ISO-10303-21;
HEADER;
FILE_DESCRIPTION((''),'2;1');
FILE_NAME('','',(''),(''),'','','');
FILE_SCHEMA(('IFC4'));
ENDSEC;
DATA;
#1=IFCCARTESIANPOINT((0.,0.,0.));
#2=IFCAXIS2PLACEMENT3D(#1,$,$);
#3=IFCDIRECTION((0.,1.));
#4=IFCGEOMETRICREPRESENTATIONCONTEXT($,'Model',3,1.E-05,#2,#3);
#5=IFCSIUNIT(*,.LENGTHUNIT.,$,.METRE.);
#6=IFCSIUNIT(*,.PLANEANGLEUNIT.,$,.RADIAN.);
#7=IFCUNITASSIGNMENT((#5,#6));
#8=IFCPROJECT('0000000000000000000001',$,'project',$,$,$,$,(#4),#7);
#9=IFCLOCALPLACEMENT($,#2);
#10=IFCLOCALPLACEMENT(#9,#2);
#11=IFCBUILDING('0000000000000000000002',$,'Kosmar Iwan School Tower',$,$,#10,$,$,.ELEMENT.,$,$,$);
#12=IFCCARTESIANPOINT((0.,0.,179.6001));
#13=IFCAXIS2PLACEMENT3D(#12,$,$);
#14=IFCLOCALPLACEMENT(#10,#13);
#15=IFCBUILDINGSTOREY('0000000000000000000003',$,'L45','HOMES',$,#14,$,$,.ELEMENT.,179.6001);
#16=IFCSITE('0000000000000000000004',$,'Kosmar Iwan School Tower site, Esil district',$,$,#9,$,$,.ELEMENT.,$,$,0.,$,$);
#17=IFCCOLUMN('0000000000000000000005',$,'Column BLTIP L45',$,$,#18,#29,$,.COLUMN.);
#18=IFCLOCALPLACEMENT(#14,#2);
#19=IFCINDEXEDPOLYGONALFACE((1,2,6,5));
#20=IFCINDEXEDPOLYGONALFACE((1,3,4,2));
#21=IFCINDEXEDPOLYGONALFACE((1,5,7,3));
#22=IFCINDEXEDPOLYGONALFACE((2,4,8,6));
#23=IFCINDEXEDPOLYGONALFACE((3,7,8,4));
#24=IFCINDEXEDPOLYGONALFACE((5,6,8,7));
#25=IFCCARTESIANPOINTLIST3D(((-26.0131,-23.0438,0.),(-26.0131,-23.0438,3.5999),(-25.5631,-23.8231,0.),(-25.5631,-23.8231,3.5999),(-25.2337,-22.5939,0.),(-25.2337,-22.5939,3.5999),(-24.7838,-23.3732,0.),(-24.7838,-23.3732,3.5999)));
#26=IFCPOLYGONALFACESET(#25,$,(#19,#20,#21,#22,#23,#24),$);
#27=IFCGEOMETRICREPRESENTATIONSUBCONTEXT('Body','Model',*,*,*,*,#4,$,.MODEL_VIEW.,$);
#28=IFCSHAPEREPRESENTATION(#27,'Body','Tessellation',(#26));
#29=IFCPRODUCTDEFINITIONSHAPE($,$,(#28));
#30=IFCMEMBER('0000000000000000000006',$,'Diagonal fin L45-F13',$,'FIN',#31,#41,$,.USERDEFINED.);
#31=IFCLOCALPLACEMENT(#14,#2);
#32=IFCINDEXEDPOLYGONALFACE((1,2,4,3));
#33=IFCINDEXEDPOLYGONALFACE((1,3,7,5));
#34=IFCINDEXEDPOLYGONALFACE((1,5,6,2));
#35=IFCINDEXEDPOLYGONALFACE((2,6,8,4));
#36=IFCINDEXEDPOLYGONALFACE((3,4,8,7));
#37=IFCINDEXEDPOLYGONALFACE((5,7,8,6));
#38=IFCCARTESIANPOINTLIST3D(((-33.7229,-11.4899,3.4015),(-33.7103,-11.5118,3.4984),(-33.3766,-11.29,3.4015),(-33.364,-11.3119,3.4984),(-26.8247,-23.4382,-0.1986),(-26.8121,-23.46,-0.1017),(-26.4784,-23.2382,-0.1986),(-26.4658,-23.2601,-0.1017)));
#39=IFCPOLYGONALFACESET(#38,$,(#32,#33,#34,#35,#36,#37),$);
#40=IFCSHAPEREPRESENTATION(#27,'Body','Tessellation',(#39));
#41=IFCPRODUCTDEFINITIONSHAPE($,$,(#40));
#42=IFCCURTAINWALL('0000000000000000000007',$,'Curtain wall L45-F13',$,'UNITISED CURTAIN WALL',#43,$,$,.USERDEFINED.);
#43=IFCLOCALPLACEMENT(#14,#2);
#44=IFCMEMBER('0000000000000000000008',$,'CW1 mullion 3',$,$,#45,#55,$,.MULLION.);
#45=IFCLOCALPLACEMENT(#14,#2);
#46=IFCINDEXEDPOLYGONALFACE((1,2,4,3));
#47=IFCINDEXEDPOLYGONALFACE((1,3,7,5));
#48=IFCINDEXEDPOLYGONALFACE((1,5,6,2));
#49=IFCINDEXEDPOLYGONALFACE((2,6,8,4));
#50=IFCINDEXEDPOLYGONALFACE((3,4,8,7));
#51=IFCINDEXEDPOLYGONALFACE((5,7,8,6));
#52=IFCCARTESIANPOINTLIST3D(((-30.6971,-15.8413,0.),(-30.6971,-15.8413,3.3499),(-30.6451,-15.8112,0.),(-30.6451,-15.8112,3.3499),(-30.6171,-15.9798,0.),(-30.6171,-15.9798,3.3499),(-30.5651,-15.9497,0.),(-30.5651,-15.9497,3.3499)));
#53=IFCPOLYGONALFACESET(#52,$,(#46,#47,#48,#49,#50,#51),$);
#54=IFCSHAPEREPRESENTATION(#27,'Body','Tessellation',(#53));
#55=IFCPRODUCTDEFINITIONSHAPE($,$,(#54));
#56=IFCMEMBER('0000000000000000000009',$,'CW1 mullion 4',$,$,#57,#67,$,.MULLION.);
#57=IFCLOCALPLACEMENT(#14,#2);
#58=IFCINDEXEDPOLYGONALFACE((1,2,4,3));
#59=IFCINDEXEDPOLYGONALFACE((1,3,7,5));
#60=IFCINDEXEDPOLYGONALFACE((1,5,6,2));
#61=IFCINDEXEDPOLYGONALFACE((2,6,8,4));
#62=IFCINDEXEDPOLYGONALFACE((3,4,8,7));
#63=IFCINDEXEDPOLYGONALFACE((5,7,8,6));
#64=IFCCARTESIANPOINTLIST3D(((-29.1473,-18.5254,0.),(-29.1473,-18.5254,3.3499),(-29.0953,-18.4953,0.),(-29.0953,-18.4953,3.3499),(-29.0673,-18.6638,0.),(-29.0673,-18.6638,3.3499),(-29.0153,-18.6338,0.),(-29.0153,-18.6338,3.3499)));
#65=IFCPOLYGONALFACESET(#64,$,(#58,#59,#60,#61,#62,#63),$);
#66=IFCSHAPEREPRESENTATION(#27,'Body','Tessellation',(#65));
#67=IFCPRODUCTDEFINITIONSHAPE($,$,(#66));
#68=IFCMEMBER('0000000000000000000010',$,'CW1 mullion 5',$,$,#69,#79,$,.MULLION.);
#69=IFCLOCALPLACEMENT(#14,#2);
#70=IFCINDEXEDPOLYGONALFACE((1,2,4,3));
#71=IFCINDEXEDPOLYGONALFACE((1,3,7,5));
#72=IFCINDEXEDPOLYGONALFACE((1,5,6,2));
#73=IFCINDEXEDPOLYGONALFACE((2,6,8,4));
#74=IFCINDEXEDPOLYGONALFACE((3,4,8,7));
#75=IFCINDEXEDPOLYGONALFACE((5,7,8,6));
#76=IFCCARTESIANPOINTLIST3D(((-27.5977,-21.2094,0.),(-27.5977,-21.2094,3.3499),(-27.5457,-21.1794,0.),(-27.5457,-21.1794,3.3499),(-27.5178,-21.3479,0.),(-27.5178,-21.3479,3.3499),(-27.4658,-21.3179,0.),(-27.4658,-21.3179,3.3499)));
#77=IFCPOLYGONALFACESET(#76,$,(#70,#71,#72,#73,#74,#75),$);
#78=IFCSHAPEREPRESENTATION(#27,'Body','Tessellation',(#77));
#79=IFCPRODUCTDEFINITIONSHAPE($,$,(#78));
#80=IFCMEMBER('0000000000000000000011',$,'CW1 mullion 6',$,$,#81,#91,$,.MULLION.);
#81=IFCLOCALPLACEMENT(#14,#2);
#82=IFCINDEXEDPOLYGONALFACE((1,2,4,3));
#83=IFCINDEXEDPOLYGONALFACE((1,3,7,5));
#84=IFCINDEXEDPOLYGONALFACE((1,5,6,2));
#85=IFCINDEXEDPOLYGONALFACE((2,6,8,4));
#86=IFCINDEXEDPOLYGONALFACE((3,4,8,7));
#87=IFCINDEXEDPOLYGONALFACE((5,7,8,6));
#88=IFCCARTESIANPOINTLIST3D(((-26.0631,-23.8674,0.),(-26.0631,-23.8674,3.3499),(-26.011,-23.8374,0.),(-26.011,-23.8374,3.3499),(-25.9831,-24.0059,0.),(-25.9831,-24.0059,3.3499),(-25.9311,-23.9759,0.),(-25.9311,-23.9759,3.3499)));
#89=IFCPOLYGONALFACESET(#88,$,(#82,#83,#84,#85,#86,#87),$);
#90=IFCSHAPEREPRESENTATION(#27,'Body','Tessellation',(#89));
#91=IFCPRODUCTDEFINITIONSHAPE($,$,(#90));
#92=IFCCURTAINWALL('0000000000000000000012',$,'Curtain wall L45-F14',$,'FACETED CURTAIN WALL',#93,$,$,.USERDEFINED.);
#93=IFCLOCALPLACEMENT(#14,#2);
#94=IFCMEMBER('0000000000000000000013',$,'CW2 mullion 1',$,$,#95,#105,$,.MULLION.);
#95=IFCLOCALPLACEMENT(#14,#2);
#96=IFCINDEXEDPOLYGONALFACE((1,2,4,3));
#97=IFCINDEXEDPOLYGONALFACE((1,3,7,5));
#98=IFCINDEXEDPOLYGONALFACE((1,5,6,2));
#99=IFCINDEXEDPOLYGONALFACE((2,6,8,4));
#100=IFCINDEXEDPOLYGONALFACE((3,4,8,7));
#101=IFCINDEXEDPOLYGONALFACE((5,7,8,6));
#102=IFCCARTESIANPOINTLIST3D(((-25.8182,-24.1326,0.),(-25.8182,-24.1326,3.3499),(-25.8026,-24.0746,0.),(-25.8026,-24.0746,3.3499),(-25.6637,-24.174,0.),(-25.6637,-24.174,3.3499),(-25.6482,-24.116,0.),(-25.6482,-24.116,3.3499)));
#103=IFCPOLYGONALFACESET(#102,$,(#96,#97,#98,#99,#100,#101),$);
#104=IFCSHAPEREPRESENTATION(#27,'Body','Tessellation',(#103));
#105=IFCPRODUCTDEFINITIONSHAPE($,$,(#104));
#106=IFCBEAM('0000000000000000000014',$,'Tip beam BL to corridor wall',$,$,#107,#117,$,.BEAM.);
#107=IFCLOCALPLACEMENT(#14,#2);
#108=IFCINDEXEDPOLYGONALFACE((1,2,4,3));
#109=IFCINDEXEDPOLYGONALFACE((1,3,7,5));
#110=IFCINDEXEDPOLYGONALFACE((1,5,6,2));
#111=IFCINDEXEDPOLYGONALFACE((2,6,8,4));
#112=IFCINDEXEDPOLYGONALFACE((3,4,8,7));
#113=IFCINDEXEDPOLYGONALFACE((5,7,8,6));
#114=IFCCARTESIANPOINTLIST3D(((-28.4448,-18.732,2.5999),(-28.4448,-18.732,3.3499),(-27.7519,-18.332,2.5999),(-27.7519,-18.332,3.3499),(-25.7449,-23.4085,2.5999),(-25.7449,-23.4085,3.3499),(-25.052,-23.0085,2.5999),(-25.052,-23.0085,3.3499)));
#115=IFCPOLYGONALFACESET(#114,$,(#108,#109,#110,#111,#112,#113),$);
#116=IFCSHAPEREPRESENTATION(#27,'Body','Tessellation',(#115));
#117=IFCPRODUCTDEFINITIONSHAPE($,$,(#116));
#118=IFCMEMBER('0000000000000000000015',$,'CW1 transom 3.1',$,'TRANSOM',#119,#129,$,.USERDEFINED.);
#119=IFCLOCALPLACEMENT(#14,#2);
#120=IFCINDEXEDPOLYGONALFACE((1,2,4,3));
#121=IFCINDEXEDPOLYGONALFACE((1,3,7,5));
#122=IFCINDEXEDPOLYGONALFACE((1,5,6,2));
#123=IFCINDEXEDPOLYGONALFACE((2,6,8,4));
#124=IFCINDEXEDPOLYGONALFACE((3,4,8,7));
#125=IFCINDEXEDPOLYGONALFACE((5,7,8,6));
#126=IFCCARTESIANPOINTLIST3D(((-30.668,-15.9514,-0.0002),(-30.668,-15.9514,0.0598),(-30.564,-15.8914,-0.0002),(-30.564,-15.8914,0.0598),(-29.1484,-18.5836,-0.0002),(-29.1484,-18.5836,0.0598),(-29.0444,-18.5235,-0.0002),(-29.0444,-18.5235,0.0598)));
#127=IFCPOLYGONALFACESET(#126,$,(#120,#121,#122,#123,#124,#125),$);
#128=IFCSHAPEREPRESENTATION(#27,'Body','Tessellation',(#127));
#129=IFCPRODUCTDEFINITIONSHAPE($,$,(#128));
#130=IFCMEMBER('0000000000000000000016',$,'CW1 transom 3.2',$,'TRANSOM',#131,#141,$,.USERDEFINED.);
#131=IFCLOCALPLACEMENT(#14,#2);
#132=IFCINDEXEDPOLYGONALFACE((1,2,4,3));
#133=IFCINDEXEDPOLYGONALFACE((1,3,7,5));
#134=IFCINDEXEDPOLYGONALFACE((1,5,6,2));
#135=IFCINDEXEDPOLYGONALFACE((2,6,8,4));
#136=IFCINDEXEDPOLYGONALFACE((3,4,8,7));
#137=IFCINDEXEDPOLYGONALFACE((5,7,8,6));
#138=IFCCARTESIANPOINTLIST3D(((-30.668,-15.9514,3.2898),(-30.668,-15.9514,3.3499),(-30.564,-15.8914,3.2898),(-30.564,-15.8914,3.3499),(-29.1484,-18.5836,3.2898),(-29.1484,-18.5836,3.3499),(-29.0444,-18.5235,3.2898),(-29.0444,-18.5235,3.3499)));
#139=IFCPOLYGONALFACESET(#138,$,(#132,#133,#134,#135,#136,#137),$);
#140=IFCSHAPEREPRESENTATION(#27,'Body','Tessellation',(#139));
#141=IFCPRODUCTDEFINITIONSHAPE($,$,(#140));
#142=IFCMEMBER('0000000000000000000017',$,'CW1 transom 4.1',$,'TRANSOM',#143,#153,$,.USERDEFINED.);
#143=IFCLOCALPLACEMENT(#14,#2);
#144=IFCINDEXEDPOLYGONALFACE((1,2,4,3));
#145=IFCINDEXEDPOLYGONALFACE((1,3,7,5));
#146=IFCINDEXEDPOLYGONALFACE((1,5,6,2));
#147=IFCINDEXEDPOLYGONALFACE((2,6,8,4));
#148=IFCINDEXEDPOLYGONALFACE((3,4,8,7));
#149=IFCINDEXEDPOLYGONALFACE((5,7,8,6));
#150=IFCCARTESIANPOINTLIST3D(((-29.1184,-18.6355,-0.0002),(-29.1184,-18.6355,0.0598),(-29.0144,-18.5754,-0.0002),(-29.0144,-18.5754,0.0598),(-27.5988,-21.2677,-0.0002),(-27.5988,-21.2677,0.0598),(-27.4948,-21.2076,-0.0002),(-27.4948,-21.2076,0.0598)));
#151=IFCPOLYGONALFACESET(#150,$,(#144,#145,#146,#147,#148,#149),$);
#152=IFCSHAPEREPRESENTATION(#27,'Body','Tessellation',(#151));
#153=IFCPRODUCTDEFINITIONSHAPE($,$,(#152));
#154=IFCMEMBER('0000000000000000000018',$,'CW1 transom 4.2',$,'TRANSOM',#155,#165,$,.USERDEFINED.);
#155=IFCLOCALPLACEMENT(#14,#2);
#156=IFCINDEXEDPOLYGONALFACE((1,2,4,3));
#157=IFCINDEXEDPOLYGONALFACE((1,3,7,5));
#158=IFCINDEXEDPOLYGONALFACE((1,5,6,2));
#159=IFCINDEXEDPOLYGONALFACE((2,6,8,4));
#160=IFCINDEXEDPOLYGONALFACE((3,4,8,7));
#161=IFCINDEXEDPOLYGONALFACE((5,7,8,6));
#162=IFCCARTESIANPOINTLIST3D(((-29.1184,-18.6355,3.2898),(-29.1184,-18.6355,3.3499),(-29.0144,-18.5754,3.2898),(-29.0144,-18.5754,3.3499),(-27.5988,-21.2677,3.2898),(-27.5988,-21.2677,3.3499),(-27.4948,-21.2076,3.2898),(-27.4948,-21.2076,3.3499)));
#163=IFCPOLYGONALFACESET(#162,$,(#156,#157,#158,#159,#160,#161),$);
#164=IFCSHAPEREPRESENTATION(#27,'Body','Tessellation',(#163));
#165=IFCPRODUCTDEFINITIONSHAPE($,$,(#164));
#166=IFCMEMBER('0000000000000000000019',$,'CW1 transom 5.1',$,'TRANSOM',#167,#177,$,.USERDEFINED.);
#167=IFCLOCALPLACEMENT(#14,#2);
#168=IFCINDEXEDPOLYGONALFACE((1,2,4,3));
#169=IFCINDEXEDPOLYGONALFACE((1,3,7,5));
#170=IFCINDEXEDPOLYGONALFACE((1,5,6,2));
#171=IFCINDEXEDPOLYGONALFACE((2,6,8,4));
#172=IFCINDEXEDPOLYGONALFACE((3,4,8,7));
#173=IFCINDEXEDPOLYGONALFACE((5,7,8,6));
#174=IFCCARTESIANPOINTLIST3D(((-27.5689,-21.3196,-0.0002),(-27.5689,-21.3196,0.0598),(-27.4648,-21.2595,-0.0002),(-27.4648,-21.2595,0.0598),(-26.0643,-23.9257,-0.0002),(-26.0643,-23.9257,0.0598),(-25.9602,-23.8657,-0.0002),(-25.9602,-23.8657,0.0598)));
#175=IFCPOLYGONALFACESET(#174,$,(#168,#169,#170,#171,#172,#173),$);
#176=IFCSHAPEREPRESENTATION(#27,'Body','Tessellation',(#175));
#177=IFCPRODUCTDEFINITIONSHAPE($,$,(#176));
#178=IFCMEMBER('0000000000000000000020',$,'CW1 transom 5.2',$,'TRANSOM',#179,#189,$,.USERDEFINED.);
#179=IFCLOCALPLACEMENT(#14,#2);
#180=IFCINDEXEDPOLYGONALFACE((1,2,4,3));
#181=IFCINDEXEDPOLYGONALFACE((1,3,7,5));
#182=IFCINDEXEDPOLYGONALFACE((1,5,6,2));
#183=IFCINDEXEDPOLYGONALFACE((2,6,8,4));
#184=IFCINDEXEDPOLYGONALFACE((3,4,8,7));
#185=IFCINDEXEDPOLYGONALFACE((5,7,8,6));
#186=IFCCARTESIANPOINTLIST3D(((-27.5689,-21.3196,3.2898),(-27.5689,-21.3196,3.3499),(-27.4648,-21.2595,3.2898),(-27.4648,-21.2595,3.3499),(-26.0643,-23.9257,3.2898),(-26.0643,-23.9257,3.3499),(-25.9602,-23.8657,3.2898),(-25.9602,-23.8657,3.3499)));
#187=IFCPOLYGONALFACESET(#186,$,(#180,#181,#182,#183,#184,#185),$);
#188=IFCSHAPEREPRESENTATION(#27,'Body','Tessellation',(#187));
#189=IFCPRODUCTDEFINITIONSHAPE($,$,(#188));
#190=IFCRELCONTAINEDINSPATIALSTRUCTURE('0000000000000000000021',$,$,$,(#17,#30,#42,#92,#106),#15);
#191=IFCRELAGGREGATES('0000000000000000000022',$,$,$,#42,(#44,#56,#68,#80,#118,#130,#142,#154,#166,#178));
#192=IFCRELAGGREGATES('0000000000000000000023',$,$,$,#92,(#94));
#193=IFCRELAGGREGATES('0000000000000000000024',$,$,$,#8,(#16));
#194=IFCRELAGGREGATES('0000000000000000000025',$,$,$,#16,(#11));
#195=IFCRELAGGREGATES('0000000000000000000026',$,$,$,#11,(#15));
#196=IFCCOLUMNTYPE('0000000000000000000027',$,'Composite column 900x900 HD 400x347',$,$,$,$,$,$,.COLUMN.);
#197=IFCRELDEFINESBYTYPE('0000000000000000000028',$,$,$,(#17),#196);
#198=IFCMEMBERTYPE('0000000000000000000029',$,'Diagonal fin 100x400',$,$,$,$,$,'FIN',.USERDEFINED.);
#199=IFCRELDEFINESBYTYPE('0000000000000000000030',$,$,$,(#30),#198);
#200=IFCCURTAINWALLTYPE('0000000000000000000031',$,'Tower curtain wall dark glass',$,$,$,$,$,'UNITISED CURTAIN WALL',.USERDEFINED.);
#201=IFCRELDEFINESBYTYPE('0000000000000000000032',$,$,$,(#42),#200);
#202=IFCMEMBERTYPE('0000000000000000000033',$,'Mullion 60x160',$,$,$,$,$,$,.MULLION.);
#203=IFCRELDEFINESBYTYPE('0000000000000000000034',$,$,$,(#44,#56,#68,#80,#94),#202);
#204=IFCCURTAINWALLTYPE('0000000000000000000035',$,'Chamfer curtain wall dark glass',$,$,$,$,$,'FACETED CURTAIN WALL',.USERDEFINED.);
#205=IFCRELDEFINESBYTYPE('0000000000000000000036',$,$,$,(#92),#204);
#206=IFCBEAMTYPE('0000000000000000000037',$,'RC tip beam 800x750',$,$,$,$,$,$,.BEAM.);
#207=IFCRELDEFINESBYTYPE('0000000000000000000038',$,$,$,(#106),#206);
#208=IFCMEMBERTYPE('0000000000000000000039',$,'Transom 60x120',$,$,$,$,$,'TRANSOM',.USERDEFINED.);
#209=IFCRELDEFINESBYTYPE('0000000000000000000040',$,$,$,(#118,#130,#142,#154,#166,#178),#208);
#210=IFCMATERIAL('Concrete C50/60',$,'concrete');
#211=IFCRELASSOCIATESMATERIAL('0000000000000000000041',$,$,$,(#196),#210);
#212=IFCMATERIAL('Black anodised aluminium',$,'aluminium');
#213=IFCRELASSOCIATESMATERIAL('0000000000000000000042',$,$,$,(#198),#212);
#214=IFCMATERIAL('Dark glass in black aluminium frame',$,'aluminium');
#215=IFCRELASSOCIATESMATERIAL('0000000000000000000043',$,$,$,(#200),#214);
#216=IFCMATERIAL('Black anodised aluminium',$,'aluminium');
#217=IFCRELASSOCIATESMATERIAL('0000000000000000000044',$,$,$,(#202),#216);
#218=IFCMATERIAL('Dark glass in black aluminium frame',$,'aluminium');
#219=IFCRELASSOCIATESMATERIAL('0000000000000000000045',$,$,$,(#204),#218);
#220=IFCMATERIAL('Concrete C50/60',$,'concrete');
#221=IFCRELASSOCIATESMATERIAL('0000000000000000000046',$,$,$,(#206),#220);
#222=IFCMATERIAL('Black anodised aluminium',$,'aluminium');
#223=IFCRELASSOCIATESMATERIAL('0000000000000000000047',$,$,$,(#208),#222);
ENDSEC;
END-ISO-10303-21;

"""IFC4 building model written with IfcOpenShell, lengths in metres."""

from ifc_helpers import new_model, si_unit, direction, frame, origin, origin_2d, place, context, subcontext, project, spatial, rectangle, extrude, material, material_profile, profile_set, type_object, element, aggregate, save


model = new_model("IFC4")

# Units and contexts
model_context = context("Model", 3, precision=1e-05, world=origin(), true_north=direction((0.0, 1.0)))
body_context = subcontext(model_context, "Body", "Model", "MODEL_VIEW")
ifc_project = project(units=[si_unit("LENGTHUNIT", "METRE"), si_unit("PLANEANGLEUNIT", "RADIAN")], contexts=[model_context])

# Site, building, storey
site_placement = place(None, origin())
site = spatial("IfcSite", under=ifc_project, at=site_placement, Name="Kosmar Iwan School Tower site, Esil district", CompositionType="ELEMENT", RefElevation=0.0)
building_placement = place(site_placement, origin())
building = spatial("IfcBuilding", under=site, at=building_placement, Name="Kosmar Iwan School Tower", CompositionType="ELEMENT")
storey_placement = place(building_placement, frame((0.0, 0.0, 179.6001)))
storey = spatial("IfcBuildingStorey", under=building, at=storey_placement, Name="L45", Description="HOMES", CompositionType="ELEMENT", Elevation=179.6001)

# Column
ifc_material_1 = material(Name="Concrete C50/60", Category="concrete")
ifc_material_profile_1 = material_profile(ifc_material_1, rectangle(XDim=0.8999, YDim=0.8999, at=origin_2d()), Name="RC 900x900 + HD 400x347")
ifc_profile_set_1 = profile_set([ifc_material_profile_1], Name="Concrete C50/60")
column_type = type_object("IfcColumnType", Name="Composite column 900x900 HD 400x347", PredefinedType="COLUMN", material=ifc_profile_set_1)
column_placement = place(storey_placement, frame((-25.3984, -23.2085, 0.0), z_axis=(0.0, 0.0, 1.0), x_axis=(-0.866025, -0.5, 0.0)))
element("IfcColumn", 1, at=column_placement, inside=storey, type_object=column_type, Name="Column BLTIP L45", PredefinedType="COLUMN", context=body_context, shape_type="SweptSolid", body=[
    extrude(rectangle(XDim=0.8999, YDim=0.8999, at=origin_2d()), origin(), (0.0, 0.0, 1.0), 3.5999),
])

# Member
ifc_material_2 = material(Name="Black anodised aluminium", Category="aluminium")
ifc_material_profile_2 = material_profile(ifc_material_2, rectangle(XDim=0.1001, YDim=0.3999, at=origin_2d()), Name="FIN 100x400")
ifc_profile_set_2 = profile_set([ifc_material_profile_2], Name="Black anodised aluminium")
member_type_1 = type_object("IfcMemberType", Name="Diagonal fin 100x400", ElementType="FIN", PredefinedType="USERDEFINED", material=ifc_profile_set_2)
member_1_placement = place(storey_placement, frame((-26.6453, -23.3491, -0.1501), z_axis=(-0.483793, 0.83797, 0.252487), x_axis=(0.126242, -0.218661, 0.9676)))
element("IfcMember", 2, at=member_1_placement, inside=storey, type_object=member_type_1, Name="Diagonal fin L45-F13", ObjectType="FIN", PredefinedType="USERDEFINED", context=body_context, shape_type="SweptSolid", body=[
    extrude(rectangle(XDim=0.1001, YDim=0.3999, at=origin_2d()), origin(), (0.0, 0.0, 1.0), 14.2585),
])

# Curtain wall, members
ifc_material_3 = material(Name="Dark glass in black aluminium frame", Category="aluminium")
curtain_wall_type_1 = type_object("IfcCurtainWallType", Name="Tower curtain wall dark glass", ElementType="UNITISED CURTAIN WALL", PredefinedType="USERDEFINED", material=ifc_material_3)
curtain_wall_1_placement = place(storey_placement, origin())
curtain_wall_1 = element("IfcCurtainWall", 3, at=curtain_wall_1_placement, inside=storey, type_object=curtain_wall_type_1, Name="Curtain wall L45-F13", ObjectType="UNITISED CURTAIN WALL", PredefinedType="USERDEFINED")
ifc_material_4 = material(Name="Black anodised aluminium", Category="aluminium")
ifc_material_profile_3 = material_profile(ifc_material_4, rectangle(XDim=0.0601, YDim=0.1599, at=origin_2d()), Name="MULLION 60x160")
ifc_profile_set_3 = profile_set([ifc_material_profile_3], Name="Black anodised aluminium")
member_type_2 = type_object("IfcMemberType", Name="Mullion 60x160", PredefinedType="MULLION", material=ifc_profile_set_3)
member_2_placement = place(storey_placement, frame((-30.6311, -15.8955, 0.0), z_axis=(0.0, 0.0, 1.0), x_axis=(0.866025, 0.5, 0.0)))
member_2 = element("IfcMember", 4, at=member_2_placement, type_object=member_type_2, Name="CW1 mullion 3", PredefinedType="MULLION", context=body_context, shape_type="SweptSolid", body=[
    extrude(rectangle(XDim=0.0601, YDim=0.1599, at=origin_2d()), origin(), (0.0, 0.0, 1.0), 3.3499),
])
member_3_placement = place(storey_placement, frame((-29.0813, -18.5796, 0.0), z_axis=(0.0, 0.0, 1.0), x_axis=(0.866025, 0.5, 0.0)))
member_3 = element("IfcMember", 5, at=member_3_placement, type_object=member_type_2, Name="CW1 mullion 4", PredefinedType="MULLION", context=body_context, shape_type="SweptSolid", body=[
    extrude(rectangle(XDim=0.0601, YDim=0.1599, at=origin_2d()), origin(), (0.0, 0.0, 1.0), 3.3499),
])
member_4_placement = place(storey_placement, frame((-27.5317, -21.2637, 0.0), z_axis=(0.0, 0.0, 1.0), x_axis=(0.866025, 0.5, 0.0)))
member_4 = element("IfcMember", 6, at=member_4_placement, type_object=member_type_2, Name="CW1 mullion 5", PredefinedType="MULLION", context=body_context, shape_type="SweptSolid", body=[
    extrude(rectangle(XDim=0.0601, YDim=0.1599, at=origin_2d()), origin(), (0.0, 0.0, 1.0), 3.3499),
])
member_5_placement = place(storey_placement, frame((-25.9971, -23.9216, 0.0), z_axis=(0.0, 0.0, 1.0), x_axis=(0.866025, 0.5, 0.0)))
member_5 = element("IfcMember", 7, at=member_5_placement, type_object=member_type_2, Name="CW1 mullion 6", PredefinedType="MULLION", context=body_context, shape_type="SweptSolid", body=[
    extrude(rectangle(XDim=0.0601, YDim=0.1599, at=origin_2d()), origin(), (0.0, 0.0, 1.0), 3.3499),
])

# Curtain wall, member
ifc_material_5 = material(Name="Dark glass in black aluminium frame", Category="aluminium")
curtain_wall_type_2 = type_object("IfcCurtainWallType", Name="Chamfer curtain wall dark glass", ElementType="FACETED CURTAIN WALL", PredefinedType="USERDEFINED", material=ifc_material_5)
curtain_wall_2_placement = place(storey_placement, origin())
curtain_wall_2 = element("IfcCurtainWall", 8, at=curtain_wall_2_placement, inside=storey, type_object=curtain_wall_type_2, Name="Curtain wall L45-F14", ObjectType="FACETED CURTAIN WALL", PredefinedType="USERDEFINED")
member_6_placement = place(storey_placement, frame((-25.7332, -24.1243, 0.0), z_axis=(0.0, 0.0, 1.0), x_axis=(0.258819, 0.965926, 0.0)))
member_6 = element("IfcMember", 9, at=member_6_placement, type_object=member_type_2, Name="CW2 mullion 1", PredefinedType="MULLION", context=body_context, shape_type="SweptSolid", body=[
    extrude(rectangle(XDim=0.0601, YDim=0.1599, at=origin_2d()), origin(), (0.0, 0.0, 1.0), 3.3499),
])

# Beam
ifc_material_6 = material(Name="Concrete C50/60", Category="concrete")
ifc_material_profile_4 = material_profile(ifc_material_6, rectangle(XDim=0.8, YDim=0.75, at=origin_2d()), Name="RC 800x750")
ifc_profile_set_4 = profile_set([ifc_material_profile_4], Name="Concrete C50/60")
beam_type = type_object("IfcBeamType", Name="RC tip beam 800x750", PredefinedType="BEAM", material=ifc_profile_set_4)
beam_placement = place(storey_placement, frame((-25.3984, -23.2085, 2.9749), z_axis=(-0.499995, 0.866028, 0.0), x_axis=(-0.866028, -0.499995, 0.0)))
element("IfcBeam", 10, at=beam_placement, inside=storey, type_object=beam_type, Name="Tip beam BL to corridor wall", PredefinedType="BEAM", context=body_context, shape_type="SweptSolid", body=[
    extrude(rectangle(XDim=0.8, YDim=0.75, at=origin_2d()), origin(), (0.0, 0.0, 1.0), 5.3999),
])

# Members
ifc_material_7 = material(Name="Black anodised aluminium", Category="aluminium")
ifc_material_profile_5 = material_profile(ifc_material_7, rectangle(XDim=0.1201, YDim=0.0601, at=origin_2d()), Name="TRANSOM 60x120")
ifc_profile_set_5 = profile_set([ifc_material_profile_5], Name="Black anodised aluminium")
member_type_3 = type_object("IfcMemberType", Name="Transom 60x120", ElementType="TRANSOM", PredefinedType="USERDEFINED", material=ifc_profile_set_5)
member_7_placement = place(storey_placement, frame((-30.616, -15.9214, 0.0298), z_axis=(0.499975, -0.86604, 0.0), x_axis=(0.86604, 0.499975, 0.0)))
member_7 = element("IfcMember", 11, at=member_7_placement, type_object=member_type_3, Name="CW1 transom 3.1", ObjectType="TRANSOM", PredefinedType="USERDEFINED", context=body_context, shape_type="SweptSolid", body=[
    extrude(rectangle(XDim=0.1201, YDim=0.0601, at=origin_2d()), origin(), (0.0, 0.0, 1.0), 3.0393),
])
member_8_placement = place(storey_placement, frame((-30.616, -15.9214, 3.3198), z_axis=(0.499975, -0.86604, 0.0), x_axis=(0.86604, 0.499975, 0.0)))
member_8 = element("IfcMember", 12, at=member_8_placement, type_object=member_type_3, Name="CW1 transom 3.2", ObjectType="TRANSOM", PredefinedType="USERDEFINED", context=body_context, shape_type="SweptSolid", body=[
    extrude(rectangle(XDim=0.1201, YDim=0.0601, at=origin_2d()), origin(), (0.0, 0.0, 1.0), 3.0393),
])
member_9_placement = place(storey_placement, frame((-29.0664, -18.6055, 0.0298), z_axis=(0.499975, -0.86604, 0.0), x_axis=(0.86604, 0.499975, 0.0)))
member_9 = element("IfcMember", 13, at=member_9_placement, type_object=member_type_3, Name="CW1 transom 4.1", ObjectType="TRANSOM", PredefinedType="USERDEFINED", context=body_context, shape_type="SweptSolid", body=[
    extrude(rectangle(XDim=0.1201, YDim=0.0601, at=origin_2d()), origin(), (0.0, 0.0, 1.0), 3.0393),
])
member_10_placement = place(storey_placement, frame((-29.0664, -18.6055, 3.3198), z_axis=(0.499975, -0.86604, 0.0), x_axis=(0.86604, 0.499975, 0.0)))
member_10 = element("IfcMember", 14, at=member_10_placement, type_object=member_type_3, Name="CW1 transom 4.2", ObjectType="TRANSOM", PredefinedType="USERDEFINED", context=body_context, shape_type="SweptSolid", body=[
    extrude(rectangle(XDim=0.1201, YDim=0.0601, at=origin_2d()), origin(), (0.0, 0.0, 1.0), 3.0393),
])
member_11_placement = place(storey_placement, frame((-27.5168, -21.2896, 0.0298), z_axis=(0.499987, -0.866033, 0.0), x_axis=(0.866033, 0.499987, 0.0)))
member_11 = element("IfcMember", 15, at=member_11_placement, type_object=member_type_3, Name="CW1 transom 5.1", ObjectType="TRANSOM", PredefinedType="USERDEFINED", context=body_context, shape_type="SweptSolid", body=[
    extrude(rectangle(XDim=0.1201, YDim=0.0601, at=origin_2d()), origin(), (0.0, 0.0, 1.0), 3.0093),
])
member_12_placement = place(storey_placement, frame((-27.5168, -21.2896, 3.3198), z_axis=(0.499987, -0.866033, 0.0), x_axis=(0.866033, 0.499987, 0.0)))
member_12 = element("IfcMember", 16, at=member_12_placement, type_object=member_type_3, Name="CW1 transom 5.2", ObjectType="TRANSOM", PredefinedType="USERDEFINED", context=body_context, shape_type="SweptSolid", body=[
    extrude(rectangle(XDim=0.1201, YDim=0.0601, at=origin_2d()), origin(), (0.0, 0.0, 1.0), 3.0093),
])

aggregate(curtain_wall_1, [member_2, member_3, member_4, member_5, member_7, member_8, member_9, member_10, member_11, member_12])
aggregate(curtain_wall_2, [member_6])

save(model, "model.ifc")
